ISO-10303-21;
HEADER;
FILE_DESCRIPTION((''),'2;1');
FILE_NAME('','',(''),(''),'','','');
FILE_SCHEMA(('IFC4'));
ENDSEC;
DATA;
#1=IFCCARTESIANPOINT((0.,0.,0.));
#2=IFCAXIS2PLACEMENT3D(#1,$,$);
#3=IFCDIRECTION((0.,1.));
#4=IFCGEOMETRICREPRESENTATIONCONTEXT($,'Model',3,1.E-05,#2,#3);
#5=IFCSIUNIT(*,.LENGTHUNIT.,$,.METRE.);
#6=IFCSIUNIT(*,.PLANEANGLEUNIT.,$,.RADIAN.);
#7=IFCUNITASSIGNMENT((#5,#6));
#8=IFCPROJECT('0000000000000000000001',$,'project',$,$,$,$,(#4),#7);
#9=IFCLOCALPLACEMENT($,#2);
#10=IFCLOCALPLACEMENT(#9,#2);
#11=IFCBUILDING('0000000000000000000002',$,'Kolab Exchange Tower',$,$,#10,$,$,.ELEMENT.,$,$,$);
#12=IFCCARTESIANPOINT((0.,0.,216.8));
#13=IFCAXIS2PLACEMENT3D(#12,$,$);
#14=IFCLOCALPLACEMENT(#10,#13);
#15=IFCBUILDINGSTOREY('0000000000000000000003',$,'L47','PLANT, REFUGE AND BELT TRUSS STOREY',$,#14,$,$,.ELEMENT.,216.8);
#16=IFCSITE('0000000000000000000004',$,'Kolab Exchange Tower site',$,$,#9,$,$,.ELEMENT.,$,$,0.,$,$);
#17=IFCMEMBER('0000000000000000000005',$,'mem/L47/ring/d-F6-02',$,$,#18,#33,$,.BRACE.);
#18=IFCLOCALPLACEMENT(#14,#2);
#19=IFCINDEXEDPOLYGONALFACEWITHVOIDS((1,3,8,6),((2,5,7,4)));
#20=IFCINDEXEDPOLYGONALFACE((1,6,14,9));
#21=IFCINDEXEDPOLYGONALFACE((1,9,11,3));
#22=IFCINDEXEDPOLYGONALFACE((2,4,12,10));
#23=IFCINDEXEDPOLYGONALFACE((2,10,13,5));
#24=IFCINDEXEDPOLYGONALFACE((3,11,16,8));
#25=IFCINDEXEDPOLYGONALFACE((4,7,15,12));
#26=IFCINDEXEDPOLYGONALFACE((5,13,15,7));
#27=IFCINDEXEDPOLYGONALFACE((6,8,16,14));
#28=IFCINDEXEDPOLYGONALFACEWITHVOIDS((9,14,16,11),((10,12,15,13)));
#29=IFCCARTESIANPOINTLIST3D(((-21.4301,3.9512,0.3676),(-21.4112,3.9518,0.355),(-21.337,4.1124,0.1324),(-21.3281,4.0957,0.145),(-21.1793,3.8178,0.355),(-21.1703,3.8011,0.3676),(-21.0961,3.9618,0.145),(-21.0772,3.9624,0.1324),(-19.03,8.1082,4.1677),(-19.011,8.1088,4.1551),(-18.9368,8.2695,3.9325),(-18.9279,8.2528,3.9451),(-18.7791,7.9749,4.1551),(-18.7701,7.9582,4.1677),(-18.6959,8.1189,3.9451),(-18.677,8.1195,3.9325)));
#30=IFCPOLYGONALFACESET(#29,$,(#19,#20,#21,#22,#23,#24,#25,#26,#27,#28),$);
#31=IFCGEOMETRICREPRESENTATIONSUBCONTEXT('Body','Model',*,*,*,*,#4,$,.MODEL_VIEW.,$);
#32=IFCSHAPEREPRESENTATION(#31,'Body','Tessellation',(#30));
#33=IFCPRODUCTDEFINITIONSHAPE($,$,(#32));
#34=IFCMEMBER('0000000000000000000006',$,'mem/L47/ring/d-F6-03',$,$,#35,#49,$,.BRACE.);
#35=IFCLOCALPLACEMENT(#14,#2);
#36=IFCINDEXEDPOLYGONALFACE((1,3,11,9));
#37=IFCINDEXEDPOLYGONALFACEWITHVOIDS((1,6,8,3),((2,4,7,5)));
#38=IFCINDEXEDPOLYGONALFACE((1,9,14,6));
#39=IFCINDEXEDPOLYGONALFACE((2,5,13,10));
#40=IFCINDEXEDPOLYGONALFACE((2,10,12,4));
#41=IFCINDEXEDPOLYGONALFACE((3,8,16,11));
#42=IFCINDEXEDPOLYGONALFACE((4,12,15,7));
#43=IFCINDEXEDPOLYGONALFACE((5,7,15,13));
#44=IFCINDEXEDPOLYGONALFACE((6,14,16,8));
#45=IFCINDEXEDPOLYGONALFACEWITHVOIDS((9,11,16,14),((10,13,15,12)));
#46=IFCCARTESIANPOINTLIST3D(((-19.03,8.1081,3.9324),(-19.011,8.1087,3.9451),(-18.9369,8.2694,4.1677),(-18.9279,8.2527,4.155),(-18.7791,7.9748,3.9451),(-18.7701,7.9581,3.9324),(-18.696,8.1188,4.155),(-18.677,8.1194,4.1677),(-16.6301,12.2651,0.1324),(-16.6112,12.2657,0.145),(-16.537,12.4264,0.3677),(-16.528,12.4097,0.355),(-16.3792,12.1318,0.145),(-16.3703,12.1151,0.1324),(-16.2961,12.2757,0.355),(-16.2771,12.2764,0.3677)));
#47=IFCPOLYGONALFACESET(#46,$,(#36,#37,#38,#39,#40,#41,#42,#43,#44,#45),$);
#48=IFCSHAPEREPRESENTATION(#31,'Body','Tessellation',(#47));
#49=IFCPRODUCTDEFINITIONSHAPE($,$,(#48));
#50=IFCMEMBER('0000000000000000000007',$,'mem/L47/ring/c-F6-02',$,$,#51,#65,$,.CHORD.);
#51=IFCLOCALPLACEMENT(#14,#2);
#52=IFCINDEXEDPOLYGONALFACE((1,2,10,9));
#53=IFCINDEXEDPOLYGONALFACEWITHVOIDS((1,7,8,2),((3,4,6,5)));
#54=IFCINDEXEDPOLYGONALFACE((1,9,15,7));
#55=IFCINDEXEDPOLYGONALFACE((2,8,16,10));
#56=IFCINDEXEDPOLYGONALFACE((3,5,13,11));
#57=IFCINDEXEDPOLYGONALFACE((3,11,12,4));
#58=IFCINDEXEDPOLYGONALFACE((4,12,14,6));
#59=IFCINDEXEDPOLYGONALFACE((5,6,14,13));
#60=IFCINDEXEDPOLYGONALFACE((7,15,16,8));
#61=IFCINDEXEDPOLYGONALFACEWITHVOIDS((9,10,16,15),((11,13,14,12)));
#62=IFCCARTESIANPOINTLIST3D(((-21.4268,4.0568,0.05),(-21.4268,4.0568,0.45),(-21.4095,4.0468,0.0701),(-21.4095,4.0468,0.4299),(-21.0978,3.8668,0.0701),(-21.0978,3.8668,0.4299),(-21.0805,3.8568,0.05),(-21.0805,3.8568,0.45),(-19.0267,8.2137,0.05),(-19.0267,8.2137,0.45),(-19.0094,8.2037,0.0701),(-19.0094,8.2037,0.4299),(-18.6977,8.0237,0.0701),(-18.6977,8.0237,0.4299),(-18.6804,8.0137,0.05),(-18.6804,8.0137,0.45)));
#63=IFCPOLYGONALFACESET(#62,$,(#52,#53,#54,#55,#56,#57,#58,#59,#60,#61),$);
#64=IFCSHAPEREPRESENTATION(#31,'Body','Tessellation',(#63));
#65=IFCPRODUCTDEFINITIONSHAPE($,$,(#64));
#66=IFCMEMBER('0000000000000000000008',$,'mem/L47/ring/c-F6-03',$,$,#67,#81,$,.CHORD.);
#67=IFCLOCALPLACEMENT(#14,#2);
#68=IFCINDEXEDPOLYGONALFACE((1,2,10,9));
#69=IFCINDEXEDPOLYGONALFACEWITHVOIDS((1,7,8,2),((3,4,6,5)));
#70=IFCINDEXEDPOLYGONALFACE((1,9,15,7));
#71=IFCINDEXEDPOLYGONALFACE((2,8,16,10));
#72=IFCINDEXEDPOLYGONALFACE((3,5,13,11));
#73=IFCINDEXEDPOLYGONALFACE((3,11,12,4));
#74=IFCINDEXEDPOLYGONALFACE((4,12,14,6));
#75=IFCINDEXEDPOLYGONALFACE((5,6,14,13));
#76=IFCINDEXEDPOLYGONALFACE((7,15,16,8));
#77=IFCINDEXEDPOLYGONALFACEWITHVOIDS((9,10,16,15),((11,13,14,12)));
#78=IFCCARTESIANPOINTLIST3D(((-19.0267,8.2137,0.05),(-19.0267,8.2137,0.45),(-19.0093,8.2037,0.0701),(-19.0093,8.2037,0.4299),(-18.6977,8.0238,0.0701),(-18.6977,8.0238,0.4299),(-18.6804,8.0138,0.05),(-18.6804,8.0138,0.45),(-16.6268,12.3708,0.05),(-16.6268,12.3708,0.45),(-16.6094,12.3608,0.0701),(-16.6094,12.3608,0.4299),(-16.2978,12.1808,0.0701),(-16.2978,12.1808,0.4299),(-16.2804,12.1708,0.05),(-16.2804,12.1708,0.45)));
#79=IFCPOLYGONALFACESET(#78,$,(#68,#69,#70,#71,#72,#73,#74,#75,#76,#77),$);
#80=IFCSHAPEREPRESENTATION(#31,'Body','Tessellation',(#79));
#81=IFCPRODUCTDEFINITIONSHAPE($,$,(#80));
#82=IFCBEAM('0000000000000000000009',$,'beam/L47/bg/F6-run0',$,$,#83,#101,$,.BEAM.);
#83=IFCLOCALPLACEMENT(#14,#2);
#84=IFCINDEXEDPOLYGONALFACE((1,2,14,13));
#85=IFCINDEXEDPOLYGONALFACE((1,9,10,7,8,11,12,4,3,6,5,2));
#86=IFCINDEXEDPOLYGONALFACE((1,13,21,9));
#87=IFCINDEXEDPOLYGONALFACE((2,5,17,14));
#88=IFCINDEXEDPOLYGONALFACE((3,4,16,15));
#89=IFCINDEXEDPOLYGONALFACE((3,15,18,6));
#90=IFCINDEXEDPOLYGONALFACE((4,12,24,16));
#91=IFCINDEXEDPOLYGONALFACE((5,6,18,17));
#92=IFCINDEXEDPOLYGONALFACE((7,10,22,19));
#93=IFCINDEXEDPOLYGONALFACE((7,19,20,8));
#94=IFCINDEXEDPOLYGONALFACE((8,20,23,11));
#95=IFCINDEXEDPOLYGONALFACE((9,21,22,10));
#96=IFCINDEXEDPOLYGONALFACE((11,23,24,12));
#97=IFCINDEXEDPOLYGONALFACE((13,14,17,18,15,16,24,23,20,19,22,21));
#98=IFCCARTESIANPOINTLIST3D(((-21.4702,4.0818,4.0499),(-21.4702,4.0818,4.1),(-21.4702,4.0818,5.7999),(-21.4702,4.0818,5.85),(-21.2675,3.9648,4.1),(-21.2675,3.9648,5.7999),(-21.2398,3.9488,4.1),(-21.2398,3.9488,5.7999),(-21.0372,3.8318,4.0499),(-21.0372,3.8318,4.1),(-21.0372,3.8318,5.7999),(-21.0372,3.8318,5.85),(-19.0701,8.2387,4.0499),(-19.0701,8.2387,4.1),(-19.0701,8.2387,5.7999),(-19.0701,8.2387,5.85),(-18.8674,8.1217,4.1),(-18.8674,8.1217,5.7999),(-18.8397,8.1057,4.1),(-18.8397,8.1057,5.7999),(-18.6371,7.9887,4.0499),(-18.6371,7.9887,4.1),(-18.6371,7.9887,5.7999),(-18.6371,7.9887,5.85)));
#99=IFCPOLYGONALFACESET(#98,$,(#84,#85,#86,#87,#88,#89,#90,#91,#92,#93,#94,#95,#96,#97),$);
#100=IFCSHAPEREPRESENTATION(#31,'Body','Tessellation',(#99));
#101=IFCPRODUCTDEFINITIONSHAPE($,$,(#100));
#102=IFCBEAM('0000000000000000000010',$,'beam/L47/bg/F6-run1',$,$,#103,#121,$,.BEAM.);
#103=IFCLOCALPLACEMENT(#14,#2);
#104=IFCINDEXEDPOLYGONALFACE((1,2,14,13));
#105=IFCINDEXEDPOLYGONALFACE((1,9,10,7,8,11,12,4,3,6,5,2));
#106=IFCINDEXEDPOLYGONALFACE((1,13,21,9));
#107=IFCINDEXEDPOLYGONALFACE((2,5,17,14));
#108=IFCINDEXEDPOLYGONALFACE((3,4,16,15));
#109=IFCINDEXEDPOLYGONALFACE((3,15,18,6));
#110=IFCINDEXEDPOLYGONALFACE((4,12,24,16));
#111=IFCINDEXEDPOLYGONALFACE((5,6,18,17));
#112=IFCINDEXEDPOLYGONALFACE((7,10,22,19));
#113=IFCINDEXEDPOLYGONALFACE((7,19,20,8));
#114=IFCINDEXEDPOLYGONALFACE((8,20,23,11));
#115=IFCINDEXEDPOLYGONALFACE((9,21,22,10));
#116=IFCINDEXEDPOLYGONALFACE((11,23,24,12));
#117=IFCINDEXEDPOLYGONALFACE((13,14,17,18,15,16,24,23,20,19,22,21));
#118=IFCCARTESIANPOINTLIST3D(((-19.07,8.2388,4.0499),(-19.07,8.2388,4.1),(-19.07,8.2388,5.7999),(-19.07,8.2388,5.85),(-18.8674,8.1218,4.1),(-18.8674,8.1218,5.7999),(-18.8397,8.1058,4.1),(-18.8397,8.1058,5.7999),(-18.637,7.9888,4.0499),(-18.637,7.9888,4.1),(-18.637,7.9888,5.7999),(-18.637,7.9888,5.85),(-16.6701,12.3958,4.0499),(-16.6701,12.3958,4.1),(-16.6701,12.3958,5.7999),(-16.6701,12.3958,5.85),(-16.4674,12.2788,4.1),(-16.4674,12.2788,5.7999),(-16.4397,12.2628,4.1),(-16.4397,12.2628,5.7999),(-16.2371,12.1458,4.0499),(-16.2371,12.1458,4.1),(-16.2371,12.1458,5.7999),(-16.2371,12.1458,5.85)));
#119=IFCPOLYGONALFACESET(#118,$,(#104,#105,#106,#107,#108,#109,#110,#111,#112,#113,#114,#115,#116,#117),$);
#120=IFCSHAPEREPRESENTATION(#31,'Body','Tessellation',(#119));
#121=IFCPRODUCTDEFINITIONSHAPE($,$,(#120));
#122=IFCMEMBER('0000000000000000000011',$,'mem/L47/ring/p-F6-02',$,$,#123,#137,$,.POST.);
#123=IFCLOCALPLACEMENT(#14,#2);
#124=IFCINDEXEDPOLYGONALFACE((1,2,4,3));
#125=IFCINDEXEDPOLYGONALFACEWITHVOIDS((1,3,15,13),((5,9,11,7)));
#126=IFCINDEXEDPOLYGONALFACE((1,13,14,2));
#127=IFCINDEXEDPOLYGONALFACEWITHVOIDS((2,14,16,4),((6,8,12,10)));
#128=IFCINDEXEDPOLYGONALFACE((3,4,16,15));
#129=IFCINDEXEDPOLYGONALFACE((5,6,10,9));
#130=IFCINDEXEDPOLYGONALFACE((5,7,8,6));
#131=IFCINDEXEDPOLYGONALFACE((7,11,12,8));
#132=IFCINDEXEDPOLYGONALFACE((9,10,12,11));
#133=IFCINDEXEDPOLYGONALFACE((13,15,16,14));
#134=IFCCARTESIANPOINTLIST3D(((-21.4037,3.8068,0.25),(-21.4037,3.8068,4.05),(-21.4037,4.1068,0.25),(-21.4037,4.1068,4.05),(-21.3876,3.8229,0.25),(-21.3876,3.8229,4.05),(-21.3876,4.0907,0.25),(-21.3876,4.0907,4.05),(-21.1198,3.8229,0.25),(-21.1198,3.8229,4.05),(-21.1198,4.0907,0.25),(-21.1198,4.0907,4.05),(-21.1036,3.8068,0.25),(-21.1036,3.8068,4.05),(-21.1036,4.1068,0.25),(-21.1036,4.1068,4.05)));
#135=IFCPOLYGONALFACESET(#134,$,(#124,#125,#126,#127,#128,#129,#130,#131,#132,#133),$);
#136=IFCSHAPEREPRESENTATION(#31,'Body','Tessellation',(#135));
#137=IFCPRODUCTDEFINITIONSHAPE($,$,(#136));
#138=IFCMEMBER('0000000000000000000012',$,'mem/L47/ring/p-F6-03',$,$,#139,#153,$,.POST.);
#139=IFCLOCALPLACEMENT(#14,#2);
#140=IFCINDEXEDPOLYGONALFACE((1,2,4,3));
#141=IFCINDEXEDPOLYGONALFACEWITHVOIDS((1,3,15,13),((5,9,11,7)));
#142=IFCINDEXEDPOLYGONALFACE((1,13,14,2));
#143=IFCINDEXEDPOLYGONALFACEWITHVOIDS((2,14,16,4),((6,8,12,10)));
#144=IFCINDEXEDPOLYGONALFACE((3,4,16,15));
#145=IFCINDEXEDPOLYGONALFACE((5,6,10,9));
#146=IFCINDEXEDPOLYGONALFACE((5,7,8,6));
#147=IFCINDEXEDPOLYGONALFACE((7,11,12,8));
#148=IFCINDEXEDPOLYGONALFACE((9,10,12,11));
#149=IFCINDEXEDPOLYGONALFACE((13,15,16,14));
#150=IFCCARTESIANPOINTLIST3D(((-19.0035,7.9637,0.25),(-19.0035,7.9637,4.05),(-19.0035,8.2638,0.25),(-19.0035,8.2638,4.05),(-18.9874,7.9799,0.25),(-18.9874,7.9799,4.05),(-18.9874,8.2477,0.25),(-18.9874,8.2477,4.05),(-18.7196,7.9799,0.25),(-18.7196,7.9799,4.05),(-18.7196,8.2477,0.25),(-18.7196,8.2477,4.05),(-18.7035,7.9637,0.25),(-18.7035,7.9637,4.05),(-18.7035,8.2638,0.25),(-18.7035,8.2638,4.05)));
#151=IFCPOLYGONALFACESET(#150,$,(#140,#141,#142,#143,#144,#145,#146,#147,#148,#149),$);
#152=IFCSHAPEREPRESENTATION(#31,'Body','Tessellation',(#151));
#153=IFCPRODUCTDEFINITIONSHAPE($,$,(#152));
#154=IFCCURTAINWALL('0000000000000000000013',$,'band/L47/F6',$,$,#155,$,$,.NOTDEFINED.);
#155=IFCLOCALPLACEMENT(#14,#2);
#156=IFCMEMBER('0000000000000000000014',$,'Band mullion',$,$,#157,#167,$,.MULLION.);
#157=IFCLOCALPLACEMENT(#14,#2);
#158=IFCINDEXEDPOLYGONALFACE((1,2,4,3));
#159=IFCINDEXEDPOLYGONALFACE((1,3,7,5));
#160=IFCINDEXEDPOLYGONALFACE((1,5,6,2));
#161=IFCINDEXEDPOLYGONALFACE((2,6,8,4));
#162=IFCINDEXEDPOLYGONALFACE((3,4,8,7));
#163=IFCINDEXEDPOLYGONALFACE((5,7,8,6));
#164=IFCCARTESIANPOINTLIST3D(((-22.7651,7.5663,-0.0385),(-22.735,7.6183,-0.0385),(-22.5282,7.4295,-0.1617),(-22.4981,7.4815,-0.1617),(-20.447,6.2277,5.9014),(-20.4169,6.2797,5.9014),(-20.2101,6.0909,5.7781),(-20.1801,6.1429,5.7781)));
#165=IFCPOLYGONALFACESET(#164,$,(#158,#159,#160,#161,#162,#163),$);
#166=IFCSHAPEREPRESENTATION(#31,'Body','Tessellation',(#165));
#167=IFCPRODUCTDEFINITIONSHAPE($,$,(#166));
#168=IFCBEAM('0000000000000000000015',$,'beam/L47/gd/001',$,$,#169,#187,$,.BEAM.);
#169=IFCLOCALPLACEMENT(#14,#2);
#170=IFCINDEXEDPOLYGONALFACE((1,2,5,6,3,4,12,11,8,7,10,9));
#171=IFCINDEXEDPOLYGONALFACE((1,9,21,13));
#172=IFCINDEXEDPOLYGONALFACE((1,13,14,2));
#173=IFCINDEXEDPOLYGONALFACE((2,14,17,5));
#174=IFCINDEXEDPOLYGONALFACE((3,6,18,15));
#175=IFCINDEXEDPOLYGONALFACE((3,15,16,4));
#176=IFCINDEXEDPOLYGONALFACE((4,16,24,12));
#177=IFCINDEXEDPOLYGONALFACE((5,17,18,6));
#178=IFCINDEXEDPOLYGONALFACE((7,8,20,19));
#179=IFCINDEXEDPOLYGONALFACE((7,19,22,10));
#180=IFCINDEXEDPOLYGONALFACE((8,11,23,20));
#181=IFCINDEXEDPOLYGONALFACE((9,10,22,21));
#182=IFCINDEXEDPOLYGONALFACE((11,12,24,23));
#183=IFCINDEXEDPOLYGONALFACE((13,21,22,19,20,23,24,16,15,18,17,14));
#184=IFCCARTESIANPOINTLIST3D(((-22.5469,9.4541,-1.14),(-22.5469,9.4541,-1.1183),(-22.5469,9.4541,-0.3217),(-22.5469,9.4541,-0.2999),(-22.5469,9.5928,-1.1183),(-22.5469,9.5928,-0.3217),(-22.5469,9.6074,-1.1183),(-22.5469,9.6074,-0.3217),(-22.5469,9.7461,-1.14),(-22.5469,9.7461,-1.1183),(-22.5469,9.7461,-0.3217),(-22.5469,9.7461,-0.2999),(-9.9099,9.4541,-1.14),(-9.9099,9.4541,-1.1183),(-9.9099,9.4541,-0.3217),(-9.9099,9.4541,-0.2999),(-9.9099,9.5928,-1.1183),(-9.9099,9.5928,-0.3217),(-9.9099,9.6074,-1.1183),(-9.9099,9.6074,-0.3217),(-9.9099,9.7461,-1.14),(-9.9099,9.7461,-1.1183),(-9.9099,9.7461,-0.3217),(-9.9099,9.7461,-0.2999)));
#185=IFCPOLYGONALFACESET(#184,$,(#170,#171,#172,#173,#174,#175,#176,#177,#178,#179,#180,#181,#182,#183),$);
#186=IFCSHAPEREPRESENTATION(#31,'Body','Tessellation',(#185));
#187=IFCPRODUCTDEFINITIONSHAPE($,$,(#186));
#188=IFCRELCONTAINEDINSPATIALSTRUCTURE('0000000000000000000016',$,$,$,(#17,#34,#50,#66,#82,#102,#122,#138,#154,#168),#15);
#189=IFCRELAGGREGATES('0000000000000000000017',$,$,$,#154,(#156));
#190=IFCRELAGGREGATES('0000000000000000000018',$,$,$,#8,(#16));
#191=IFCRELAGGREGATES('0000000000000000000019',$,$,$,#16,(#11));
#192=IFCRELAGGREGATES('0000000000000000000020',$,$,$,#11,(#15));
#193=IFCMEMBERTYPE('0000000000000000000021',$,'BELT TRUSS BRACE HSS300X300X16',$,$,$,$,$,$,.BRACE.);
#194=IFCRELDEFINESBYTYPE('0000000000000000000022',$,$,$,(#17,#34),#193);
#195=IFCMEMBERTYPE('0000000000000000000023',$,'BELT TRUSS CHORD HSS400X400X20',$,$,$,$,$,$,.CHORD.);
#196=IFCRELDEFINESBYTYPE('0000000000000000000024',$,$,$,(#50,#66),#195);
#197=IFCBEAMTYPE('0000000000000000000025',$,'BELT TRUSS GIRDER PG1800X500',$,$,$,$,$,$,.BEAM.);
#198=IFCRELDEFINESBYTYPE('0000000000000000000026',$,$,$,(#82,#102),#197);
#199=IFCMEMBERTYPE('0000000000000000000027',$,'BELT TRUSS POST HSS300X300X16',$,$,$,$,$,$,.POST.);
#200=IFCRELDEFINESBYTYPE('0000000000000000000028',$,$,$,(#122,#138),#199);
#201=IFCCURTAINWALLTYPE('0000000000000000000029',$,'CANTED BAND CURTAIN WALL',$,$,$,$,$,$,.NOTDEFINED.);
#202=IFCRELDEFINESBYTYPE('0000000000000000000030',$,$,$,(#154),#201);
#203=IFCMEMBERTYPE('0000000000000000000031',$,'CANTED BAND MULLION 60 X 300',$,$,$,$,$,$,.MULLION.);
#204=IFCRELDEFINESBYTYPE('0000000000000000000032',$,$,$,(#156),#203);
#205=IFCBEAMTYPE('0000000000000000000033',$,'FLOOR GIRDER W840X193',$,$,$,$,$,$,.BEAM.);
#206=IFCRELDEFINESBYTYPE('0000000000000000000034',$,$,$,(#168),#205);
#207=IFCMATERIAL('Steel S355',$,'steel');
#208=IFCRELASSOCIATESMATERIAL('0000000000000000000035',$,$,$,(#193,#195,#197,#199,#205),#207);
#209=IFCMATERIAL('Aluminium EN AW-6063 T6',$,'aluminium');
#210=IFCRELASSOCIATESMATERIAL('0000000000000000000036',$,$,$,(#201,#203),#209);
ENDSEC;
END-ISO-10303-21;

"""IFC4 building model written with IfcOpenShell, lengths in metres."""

from ifc_helpers import new_model, si_unit, direction, frame, origin, origin_2d, place, context, subcontext, project, spatial, rectangle, hollow_rectangle, i_section, extrude, material, material_profile, profile_set, type_object, element, aggregate, save


model = new_model("IFC4")

# Units and contexts
model_context = context("Model", 3, precision=1e-05, world=origin(), true_north=direction((0.0, 1.0)))
body_context = subcontext(model_context, "Body", "Model", "MODEL_VIEW")
ifc_project = project(units=[si_unit("LENGTHUNIT", "METRE"), si_unit("PLANEANGLEUNIT", "RADIAN")], contexts=[model_context])

# Site, building, storey
site_placement = place(None, origin())
site = spatial("IfcSite", under=ifc_project, at=site_placement, Name="Kolab Exchange Tower site", CompositionType="ELEMENT", RefElevation=0.0)
building_placement = place(site_placement, origin())
building = spatial("IfcBuilding", under=site, at=building_placement, Name="Kolab Exchange Tower", CompositionType="ELEMENT")
storey_placement = place(building_placement, frame((0.0, 0.0, 216.8)))
storey = spatial("IfcBuildingStorey", under=building, at=storey_placement, Name="L47", Description="PLANT, REFUGE AND BELT TRUSS STOREY", CompositionType="ELEMENT", Elevation=216.8)

# Members
ifc_material_1 = material(Name="Steel S355", Category="steel")
ifc_material_profile_1 = material_profile(ifc_material_1, hollow_rectangle(XDim=0.3, YDim=0.3, WallThickness=0.0161, at=origin_2d()), Name="HSS300X300X16")
ifc_profile_set_1 = profile_set([ifc_material_profile_1], Name="Steel S355")
member_type_1 = type_object("IfcMemberType", Name="BELT TRUSS BRACE HSS300X300X16", PredefinedType="BRACE", material=ifc_profile_set_1)
member_1_placement = place(storey_placement, frame((-21.2537, 3.9568, 0.25), z_axis=(0.392039, 0.678999, 0.620698), x_axis=(-0.866015, 0.500017, 0.0)))
element("IfcMember", 1, at=member_1_placement, inside=storey, type_object=member_type_1, Name="mem/L47/ring/d-F6-02", PredefinedType="BRACE", context=body_context, shape_type="SweptSolid", body=[
    extrude(hollow_rectangle(XDim=0.3, YDim=0.3, WallThickness=0.0161, at=origin_2d()), origin(), (0.0, 0.0, 1.0), 6.1223),
])
member_2_placement = place(storey_placement, frame((-18.8535, 8.1138, 4.05), z_axis=(0.392005, 0.67901, -0.620708), x_axis=(-0.866037, 0.499979, 0.0)))
element("IfcMember", 2, at=member_2_placement, inside=storey, type_object=member_type_1, Name="mem/L47/ring/d-F6-03", PredefinedType="BRACE", context=body_context, shape_type="SweptSolid", body=[
    extrude(hollow_rectangle(XDim=0.3, YDim=0.3, WallThickness=0.0161, at=origin_2d()), origin(), (0.0, 0.0, 1.0), 6.1221),
])
ifc_material_profile_2 = material_profile(ifc_material_1, hollow_rectangle(XDim=0.3999, YDim=0.3999, WallThickness=0.02, at=origin_2d()), Name="HSS400X400X20")
ifc_profile_set_2 = profile_set([ifc_material_profile_2], Name="Steel S355")
member_type_2 = type_object("IfcMemberType", Name="BELT TRUSS CHORD HSS400X400X20", PredefinedType="CHORD", material=ifc_profile_set_2)
for number, where, z_axis, x_axis, name in (
    (3, (-21.2537, 3.9568, 0.25), (0.500017, 0.866015, 0.0), (-0.866015, 0.500017, 0.0), "mem/L47/ring/c-F6-02"),
    (4, (-18.8535, 8.1138, 0.25), (0.499979, 0.866037, 0.0), (-0.866037, 0.499979, 0.0), "mem/L47/ring/c-F6-03"),
):
    element("IfcMember", number, at=place(storey_placement, frame(where, z_axis=z_axis, x_axis=x_axis)), inside=storey, type_object=member_type_2, Name=name, PredefinedType="CHORD", context=body_context, shape_type="SweptSolid", body=[
        extrude(hollow_rectangle(XDim=0.3999, YDim=0.3999, WallThickness=0.02, at=origin_2d()), origin(), (0.0, 0.0, 1.0), 4.8),
    ])

# Beams
ifc_material_profile_3 = material_profile(ifc_material_1, i_section(OverallWidth=0.5, OverallDepth=1.8, WebThickness=0.032, FlangeThickness=0.05, at=origin_2d()), Name="PG1800X500")
ifc_profile_set_3 = profile_set([ifc_material_profile_3], Name="Steel S355")
beam_type_1 = type_object("IfcBeamType", Name="BELT TRUSS GIRDER PG1800X500", PredefinedType="BEAM", material=ifc_profile_set_3)
for number, where, z_axis, x_axis, name in (
    (5, (-21.2537, 3.9568, 4.95), (0.500017, 0.866015, 0.0), (-0.866015, 0.500017, 0.0), "beam/L47/bg/F6-run0"),
    (6, (-18.8535, 8.1138, 4.95), (0.499979, 0.866037, 0.0), (-0.866037, 0.499979, 0.0), "beam/L47/bg/F6-run1"),
):
    element("IfcBeam", number, at=place(storey_placement, frame(where, z_axis=z_axis, x_axis=x_axis)), inside=storey, type_object=beam_type_1, Name=name, PredefinedType="BEAM", context=body_context, shape_type="SweptSolid", body=[
        extrude(i_section(OverallWidth=0.5, OverallDepth=1.8, WebThickness=0.032, FlangeThickness=0.05, at=origin_2d()), origin(), (0.0, 0.0, 1.0), 4.8),
    ])

# Members
ifc_material_profile_4 = material_profile(ifc_material_1, hollow_rectangle(XDim=0.3, YDim=0.3, WallThickness=0.0161, at=origin_2d()), Name="HSS300X300X16")
ifc_profile_set_4 = profile_set([ifc_material_profile_4], Name="Steel S355")
member_type_3 = type_object("IfcMemberType", Name="BELT TRUSS POST HSS300X300X16", PredefinedType="POST", material=ifc_profile_set_4)
for number, where, z_axis, x_axis, name in (
    (7, (-21.2537, 3.9568, 0.25), (0.0, 0.0, 1.0), (1.0, 0.0, 0.0), "mem/L47/ring/p-F6-02"),
    (8, (-18.8535, 8.1138, 0.25), (0.0, 0.0, 1.0), (1.0, 0.0, 0.0), "mem/L47/ring/p-F6-03"),
):
    element("IfcMember", number, at=place(storey_placement, frame(where, z_axis=z_axis, x_axis=x_axis)), inside=storey, type_object=member_type_3, Name=name, PredefinedType="POST", context=body_context, shape_type="SweptSolid", body=[
        extrude(hollow_rectangle(XDim=0.3, YDim=0.3, WallThickness=0.0161, at=origin_2d()), origin(), (0.0, 0.0, 1.0), 3.8),
    ])

# Curtain wall, member
ifc_material_2 = material(Name="Aluminium EN AW-6063 T6", Category="aluminium")
curtain_wall_type = type_object("IfcCurtainWallType", Name="CANTED BAND CURTAIN WALL", PredefinedType="NOTDEFINED", material=ifc_material_2)
curtain_wall_placement = place(storey_placement, origin())
curtain_wall = element("IfcCurtainWall", 9, at=curtain_wall_placement, inside=storey, type_object=curtain_wall_type, Name="band/L47/F6", PredefinedType="NOTDEFINED")
ifc_material_profile_5 = material_profile(ifc_material_2, rectangle(XDim=0.0601, YDim=0.3, at=origin_2d()), Name="RECT 60X300")
ifc_profile_set_5 = profile_set([ifc_material_profile_5], Name="Aluminium EN AW-6063 T6")
member_type_4 = type_object("IfcMemberType", Name="CANTED BAND MULLION 60 X 300", PredefinedType="MULLION", material=ifc_profile_set_5)
member_3_placement = place(storey_placement, frame((-22.6316, 7.5239, -0.1001), z_axis=(0.355798, -0.20546, 0.911698), x_axis=(0.500072, 0.865984, 0.0)))
member_3 = element("IfcMember", 10, at=member_3_placement, type_object=member_type_4, Name="Band mullion", PredefinedType="MULLION", context=body_context, shape_type="SweptSolid", body=[
    extrude(rectangle(XDim=0.0601, YDim=0.3, at=origin_2d()), origin(), (0.0, 0.0, 1.0), 6.5151),
])

# Beam
ifc_material_profile_6 = material_profile(ifc_material_1, i_section(OverallWidth=0.292, OverallDepth=0.8401, WebThickness=0.0146, FlangeThickness=0.0217, at=origin_2d()), Name="W840X193")
ifc_profile_set_6 = profile_set([ifc_material_profile_6], Name="Steel S355")
beam_type_2 = type_object("IfcBeamType", Name="FLOOR GIRDER W840X193", PredefinedType="BEAM", material=ifc_profile_set_6)
beam_1_placement = place(storey_placement, frame((-22.5469, 9.6001, -0.72), z_axis=(1.0, 0.0, 0.0), x_axis=(0.0, 1.0, 0.0)))
element("IfcBeam", 11, at=beam_1_placement, inside=storey, type_object=beam_type_2, Name="beam/L47/gd/001", PredefinedType="BEAM", context=body_context, shape_type="SweptSolid", body=[
    extrude(i_section(OverallWidth=0.292, OverallDepth=0.8401, WebThickness=0.0146, FlangeThickness=0.0217, at=origin_2d()), origin(), (0.0, 0.0, 1.0), 12.637),
])

aggregate(curtain_wall, [member_3])

save(model, "model.ifc")
